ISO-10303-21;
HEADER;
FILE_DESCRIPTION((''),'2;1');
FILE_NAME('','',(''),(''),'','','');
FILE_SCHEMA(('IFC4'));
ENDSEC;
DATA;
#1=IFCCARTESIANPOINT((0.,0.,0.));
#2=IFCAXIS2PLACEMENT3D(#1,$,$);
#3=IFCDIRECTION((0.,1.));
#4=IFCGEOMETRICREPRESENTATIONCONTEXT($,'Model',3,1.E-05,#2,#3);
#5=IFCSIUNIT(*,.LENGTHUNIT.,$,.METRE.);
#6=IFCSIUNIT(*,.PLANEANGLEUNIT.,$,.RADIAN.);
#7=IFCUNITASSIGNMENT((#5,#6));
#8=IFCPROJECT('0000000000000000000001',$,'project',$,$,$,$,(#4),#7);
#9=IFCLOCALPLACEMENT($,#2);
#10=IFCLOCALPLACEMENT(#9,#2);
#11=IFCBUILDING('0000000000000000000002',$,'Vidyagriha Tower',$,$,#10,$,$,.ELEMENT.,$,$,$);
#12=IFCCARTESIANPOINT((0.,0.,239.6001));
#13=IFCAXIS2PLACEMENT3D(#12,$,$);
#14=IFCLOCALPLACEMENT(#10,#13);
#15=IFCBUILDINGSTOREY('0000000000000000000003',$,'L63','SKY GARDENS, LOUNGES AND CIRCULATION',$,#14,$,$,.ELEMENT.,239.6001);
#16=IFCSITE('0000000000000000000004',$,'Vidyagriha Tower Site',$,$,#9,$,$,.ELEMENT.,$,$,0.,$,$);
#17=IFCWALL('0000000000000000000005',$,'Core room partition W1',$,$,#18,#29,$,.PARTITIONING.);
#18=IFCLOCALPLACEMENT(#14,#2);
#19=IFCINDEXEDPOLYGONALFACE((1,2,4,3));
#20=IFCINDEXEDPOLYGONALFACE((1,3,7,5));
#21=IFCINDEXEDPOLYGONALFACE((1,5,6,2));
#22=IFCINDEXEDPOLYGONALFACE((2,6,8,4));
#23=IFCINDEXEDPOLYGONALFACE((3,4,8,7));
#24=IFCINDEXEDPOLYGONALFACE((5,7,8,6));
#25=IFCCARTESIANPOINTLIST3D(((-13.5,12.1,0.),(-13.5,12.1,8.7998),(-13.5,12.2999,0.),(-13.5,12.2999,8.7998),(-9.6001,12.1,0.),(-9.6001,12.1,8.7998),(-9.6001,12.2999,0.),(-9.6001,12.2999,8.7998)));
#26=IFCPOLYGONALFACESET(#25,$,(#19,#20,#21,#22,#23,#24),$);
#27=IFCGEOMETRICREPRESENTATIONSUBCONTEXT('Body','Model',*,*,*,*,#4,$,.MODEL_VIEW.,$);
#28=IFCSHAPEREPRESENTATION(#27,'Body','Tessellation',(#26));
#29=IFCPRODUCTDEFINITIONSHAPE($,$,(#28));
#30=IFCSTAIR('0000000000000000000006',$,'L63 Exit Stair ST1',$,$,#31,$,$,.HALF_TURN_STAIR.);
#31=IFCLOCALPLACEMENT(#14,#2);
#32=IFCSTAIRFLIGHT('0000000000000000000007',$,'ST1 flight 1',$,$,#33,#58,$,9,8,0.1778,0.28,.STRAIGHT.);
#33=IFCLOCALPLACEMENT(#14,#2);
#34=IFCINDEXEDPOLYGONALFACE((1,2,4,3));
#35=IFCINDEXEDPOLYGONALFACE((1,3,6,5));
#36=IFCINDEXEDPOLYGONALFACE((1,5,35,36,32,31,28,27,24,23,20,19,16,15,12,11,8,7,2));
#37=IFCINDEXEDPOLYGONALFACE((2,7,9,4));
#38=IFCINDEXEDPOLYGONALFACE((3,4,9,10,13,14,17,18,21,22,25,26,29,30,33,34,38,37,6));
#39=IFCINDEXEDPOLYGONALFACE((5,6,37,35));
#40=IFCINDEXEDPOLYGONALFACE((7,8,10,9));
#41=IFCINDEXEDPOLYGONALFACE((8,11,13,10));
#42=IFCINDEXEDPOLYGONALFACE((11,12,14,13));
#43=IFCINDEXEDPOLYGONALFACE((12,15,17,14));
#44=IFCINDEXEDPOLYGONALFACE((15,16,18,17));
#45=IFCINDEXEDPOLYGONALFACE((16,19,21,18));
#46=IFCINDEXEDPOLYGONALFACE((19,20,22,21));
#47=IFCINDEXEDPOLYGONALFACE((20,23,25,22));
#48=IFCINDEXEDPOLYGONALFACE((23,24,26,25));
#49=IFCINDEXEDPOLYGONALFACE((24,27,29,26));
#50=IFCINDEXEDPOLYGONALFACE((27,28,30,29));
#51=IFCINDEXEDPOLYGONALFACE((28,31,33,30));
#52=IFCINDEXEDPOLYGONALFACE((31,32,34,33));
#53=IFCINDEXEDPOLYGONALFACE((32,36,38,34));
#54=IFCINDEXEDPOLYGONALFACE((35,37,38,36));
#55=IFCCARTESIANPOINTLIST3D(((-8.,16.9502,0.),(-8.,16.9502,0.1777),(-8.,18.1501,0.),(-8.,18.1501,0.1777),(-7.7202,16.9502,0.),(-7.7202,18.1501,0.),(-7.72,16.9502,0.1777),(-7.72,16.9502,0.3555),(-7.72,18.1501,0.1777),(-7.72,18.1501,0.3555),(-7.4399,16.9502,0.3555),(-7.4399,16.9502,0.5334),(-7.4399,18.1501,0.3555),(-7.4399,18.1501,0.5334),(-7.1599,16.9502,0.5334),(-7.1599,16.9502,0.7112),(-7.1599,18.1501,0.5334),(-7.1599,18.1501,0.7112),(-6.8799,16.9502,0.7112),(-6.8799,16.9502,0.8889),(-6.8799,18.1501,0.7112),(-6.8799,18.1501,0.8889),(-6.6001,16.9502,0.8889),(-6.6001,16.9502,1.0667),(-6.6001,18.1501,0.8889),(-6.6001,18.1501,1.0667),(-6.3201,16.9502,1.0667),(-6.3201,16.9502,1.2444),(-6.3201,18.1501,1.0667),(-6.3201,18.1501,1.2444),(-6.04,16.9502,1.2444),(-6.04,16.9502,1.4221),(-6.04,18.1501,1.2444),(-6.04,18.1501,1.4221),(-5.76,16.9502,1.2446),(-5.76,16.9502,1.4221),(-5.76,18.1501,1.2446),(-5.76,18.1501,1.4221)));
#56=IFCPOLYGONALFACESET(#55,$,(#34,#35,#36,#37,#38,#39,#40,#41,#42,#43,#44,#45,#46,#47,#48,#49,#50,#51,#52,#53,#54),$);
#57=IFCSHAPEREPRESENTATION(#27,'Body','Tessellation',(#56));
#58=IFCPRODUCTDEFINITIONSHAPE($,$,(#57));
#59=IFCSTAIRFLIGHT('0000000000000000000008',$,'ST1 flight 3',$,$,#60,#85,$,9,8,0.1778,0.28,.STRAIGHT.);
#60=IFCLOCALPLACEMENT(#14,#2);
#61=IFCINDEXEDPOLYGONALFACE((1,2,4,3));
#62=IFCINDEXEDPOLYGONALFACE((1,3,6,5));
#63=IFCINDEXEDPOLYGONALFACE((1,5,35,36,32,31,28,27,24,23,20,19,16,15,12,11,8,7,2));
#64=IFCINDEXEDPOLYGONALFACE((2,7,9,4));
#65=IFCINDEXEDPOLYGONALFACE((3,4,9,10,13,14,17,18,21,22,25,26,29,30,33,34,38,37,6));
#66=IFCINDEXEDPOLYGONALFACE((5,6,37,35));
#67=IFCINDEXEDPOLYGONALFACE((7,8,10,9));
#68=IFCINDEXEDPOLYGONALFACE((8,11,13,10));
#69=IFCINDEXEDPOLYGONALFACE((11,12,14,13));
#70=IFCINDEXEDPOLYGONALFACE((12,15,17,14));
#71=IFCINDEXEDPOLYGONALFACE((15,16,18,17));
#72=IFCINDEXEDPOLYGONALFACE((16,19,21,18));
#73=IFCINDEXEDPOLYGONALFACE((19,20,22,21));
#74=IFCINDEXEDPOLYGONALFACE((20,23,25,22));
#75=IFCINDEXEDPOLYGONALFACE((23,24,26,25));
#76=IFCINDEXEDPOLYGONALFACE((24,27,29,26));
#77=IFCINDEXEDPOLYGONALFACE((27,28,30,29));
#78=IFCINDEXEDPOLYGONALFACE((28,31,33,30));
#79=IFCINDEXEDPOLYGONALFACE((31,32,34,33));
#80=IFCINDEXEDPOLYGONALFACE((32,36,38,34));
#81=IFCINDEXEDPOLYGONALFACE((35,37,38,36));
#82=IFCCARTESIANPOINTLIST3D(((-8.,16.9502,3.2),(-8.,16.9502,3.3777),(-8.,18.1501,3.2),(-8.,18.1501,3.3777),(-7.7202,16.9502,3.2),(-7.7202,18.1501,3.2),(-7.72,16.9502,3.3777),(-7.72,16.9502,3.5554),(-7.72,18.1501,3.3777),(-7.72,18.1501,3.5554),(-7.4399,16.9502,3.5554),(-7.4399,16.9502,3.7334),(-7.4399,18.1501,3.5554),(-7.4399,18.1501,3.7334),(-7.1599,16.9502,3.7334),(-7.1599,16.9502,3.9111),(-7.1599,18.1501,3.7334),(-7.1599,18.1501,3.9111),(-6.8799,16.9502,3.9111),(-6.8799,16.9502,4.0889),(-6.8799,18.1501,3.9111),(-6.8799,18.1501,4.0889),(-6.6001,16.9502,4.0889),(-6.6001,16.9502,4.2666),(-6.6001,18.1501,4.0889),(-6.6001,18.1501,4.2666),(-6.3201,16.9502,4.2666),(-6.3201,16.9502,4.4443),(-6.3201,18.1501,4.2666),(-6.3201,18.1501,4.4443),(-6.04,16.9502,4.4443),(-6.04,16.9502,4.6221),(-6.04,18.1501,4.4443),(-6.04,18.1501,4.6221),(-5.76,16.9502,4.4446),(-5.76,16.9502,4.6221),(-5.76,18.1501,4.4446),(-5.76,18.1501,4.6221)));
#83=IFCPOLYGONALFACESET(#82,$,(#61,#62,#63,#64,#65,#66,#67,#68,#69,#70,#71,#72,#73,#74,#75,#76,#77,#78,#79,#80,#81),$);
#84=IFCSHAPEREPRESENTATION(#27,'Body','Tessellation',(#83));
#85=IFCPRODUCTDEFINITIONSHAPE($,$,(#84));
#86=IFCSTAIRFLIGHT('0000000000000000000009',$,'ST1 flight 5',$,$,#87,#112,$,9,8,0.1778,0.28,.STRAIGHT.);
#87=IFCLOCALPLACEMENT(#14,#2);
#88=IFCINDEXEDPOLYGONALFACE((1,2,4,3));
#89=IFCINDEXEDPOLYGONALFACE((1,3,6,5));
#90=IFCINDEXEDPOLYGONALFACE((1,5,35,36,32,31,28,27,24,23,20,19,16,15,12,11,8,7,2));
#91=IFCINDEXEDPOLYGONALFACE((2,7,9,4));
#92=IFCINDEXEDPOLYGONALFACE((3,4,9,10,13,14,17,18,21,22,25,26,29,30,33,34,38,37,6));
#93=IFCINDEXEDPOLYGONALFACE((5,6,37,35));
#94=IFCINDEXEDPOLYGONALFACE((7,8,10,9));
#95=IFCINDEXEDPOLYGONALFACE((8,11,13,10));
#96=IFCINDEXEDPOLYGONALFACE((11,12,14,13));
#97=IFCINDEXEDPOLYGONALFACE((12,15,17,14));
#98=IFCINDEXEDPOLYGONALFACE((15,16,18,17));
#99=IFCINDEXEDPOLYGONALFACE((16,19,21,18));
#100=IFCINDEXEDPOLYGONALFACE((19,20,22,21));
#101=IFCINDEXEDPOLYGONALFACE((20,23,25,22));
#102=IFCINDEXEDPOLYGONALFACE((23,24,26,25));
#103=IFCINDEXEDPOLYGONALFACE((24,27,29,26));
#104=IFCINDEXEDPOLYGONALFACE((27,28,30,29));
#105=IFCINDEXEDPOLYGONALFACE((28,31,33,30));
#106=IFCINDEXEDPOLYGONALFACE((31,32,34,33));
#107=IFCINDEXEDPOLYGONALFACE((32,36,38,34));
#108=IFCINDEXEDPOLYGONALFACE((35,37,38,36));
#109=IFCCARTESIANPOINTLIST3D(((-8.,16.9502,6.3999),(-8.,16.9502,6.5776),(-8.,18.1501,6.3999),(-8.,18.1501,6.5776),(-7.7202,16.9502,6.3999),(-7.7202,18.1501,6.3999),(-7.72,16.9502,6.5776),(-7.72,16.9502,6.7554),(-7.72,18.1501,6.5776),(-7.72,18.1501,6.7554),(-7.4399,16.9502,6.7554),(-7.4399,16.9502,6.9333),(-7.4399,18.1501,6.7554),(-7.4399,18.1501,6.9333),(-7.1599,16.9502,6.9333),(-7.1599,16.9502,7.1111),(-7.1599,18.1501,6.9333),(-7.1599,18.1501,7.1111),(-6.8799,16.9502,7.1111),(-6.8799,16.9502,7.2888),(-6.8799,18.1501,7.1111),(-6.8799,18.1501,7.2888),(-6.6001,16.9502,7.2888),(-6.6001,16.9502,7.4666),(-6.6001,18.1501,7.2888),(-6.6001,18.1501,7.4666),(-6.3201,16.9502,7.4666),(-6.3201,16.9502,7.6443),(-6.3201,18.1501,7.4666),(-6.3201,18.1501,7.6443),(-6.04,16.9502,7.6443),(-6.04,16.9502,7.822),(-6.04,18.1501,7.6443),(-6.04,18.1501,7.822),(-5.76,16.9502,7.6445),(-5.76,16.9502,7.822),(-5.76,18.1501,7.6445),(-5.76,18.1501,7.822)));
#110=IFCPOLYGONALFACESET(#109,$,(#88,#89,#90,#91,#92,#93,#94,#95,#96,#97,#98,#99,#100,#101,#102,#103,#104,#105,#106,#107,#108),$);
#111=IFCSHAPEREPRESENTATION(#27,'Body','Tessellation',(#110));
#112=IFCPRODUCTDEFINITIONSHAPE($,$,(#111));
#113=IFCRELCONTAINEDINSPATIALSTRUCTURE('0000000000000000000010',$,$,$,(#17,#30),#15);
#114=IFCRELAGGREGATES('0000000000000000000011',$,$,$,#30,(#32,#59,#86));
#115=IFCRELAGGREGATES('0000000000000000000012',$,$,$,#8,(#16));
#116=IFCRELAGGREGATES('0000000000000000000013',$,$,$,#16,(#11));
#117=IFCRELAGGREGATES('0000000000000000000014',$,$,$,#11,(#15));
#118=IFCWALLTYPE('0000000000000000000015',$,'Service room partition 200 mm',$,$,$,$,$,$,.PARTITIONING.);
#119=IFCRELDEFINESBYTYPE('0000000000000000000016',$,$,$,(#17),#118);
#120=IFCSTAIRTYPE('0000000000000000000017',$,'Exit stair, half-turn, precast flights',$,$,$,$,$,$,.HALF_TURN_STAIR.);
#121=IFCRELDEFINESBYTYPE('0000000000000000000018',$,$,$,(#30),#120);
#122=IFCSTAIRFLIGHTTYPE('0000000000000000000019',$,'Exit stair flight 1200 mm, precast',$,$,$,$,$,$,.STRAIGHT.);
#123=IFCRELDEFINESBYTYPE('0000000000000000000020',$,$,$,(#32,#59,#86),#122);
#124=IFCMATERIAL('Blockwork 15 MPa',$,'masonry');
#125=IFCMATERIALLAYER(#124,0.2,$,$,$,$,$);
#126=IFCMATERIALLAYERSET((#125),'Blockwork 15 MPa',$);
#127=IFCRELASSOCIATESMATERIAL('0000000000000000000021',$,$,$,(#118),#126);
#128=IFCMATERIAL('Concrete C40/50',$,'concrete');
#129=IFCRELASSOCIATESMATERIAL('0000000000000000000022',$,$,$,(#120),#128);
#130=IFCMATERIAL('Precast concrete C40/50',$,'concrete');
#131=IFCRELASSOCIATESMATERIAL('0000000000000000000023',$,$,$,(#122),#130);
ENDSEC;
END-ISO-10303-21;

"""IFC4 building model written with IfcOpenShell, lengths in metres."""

from ifc_helpers import new_model, si_unit, direction, frame, frame_2d, origin, place, context, subcontext, project, spatial, polyline, rectangle, outline, extrude, material, layer, layer_set, type_object, element, aggregate, save


model = new_model("IFC4")

# Units and contexts
model_context = context("Model", 3, precision=1e-05, world=origin(), true_north=direction((0.0, 1.0)))
body_context = subcontext(model_context, "Body", "Model", "MODEL_VIEW")
ifc_project = project(units=[si_unit("LENGTHUNIT", "METRE"), si_unit("PLANEANGLEUNIT", "RADIAN")], contexts=[model_context])

# Site, building, storey
site_placement = place(None, origin())
site = spatial("IfcSite", under=ifc_project, at=site_placement, Name="Vidyagriha Tower Site", CompositionType="ELEMENT", RefElevation=0.0)
building_placement = place(site_placement, origin())
building = spatial("IfcBuilding", under=site, at=building_placement, Name="Vidyagriha Tower", CompositionType="ELEMENT")
storey_placement = place(building_placement, frame((0.0, 0.0, 239.6001)))
storey = spatial("IfcBuildingStorey", under=building, at=storey_placement, Name="L63", Description="SKY GARDENS, LOUNGES AND CIRCULATION", CompositionType="ELEMENT", Elevation=239.6001)

# Wall
ifc_material_1 = material(Name="Blockwork 15 MPa", Category="masonry")
ifc_layer_1 = layer(ifc_material_1, 0.2)
ifc_layer_set_1 = layer_set([ifc_layer_1], Name="Blockwork 15 MPa")
wall_type_1 = type_object("IfcWallType", Name="Service room partition 200 mm", PredefinedType="PARTITIONING", material=ifc_layer_set_1)
wall_1_placement = place(storey_placement, frame((-13.5, 12.2, 0.0)))
element("IfcWall", 1, at=wall_1_placement, inside=storey, type_object=wall_type_1, Name="Core room partition W1", PredefinedType="PARTITIONING", context=body_context, shape_type="SweptSolid", body=[
    extrude(rectangle(XDim=3.8999, YDim=0.2, at=frame_2d((1.95, 0.0))), origin(), (0.0, 0.0, 1.0), 8.7998),
])

# Stair, stair flights
ifc_material_2 = material(Name="Concrete C40/50", Category="concrete")
stair_type = type_object("IfcStairType", Name="Exit stair, half-turn, precast flights", PredefinedType="HALF_TURN_STAIR", material=ifc_material_2)
stair_placement = place(storey_placement, origin())
stair = element("IfcStair", 2, at=stair_placement, inside=storey, type_object=stair_type, Name="L63 Exit Stair ST1", PredefinedType="HALF_TURN_STAIR")
ifc_material_3 = material(Name="Precast concrete C40/50", Category="concrete")
stair_flight_type = type_object("IfcStairFlightType", Name="Exit stair flight 1200 mm, precast", PredefinedType="STRAIGHT", material=ifc_material_3)
stair_flight_1_placement = place(storey_placement, frame((-8.0, 17.55, 0.0)))
stair_flight_1 = element("IfcStairFlight", 3, at=stair_flight_1_placement, type_object=stair_flight_type, Name="ST1 flight 1", NumberOfRisers=9, NumberOfTreads=8, PredefinedType="STRAIGHT", RiserHeight=0.1778, TreadLength=0.28, context=body_context, shape_type="SweptSolid", body=[
    extrude(outline(polyline([(0.0, 0.0), (0.0, 0.1777), (0.28, 0.1777), (0.28, 0.3555), (0.5601, 0.3555), (0.5601, 0.5334), (0.8401, 0.5334), (0.8401, 0.7112), (1.1201, 0.7112), (1.1201, 0.8889), (1.3999, 0.8889), (1.3999, 1.0667), (1.6799, 1.0667), (1.6799, 1.2444), (1.96, 1.2444), (1.96, 1.4221), (2.24, 1.4221), (2.24, 1.6001), (2.24, 1.2446), (0.2798, 0.0), (0.0, 0.0)])), frame((0.0, 0.6001, 0.0), z_axis=(0.0, -1.0, 0.0), x_axis=(1.0, 0.0, 0.0)), (0.0, 0.0, 1.0), 1.2),
])
stair_flight_2_placement = place(storey_placement, frame((-8.0, 17.55, 3.2)))
stair_flight_2 = element("IfcStairFlight", 4, at=stair_flight_2_placement, type_object=stair_flight_type, Name="ST1 flight 3", NumberOfRisers=9, NumberOfTreads=8, PredefinedType="STRAIGHT", RiserHeight=0.1778, TreadLength=0.28, context=body_context, shape_type="SweptSolid", body=[
    extrude(outline(polyline([(0.0, 0.0), (0.0, 0.1777), (0.28, 0.1777), (0.28, 0.3555), (0.5601, 0.3555), (0.5601, 0.5334), (0.8401, 0.5334), (0.8401, 0.7112), (1.1201, 0.7112), (1.1201, 0.8889), (1.3999, 0.8889), (1.3999, 1.0667), (1.6799, 1.0667), (1.6799, 1.2444), (1.96, 1.2444), (1.96, 1.4221), (2.24, 1.4221), (2.24, 1.6001), (2.24, 1.2446), (0.2798, 0.0), (0.0, 0.0)])), frame((0.0, 0.6001, 0.0), z_axis=(0.0, -1.0, 0.0), x_axis=(1.0, 0.0, 0.0)), (0.0, 0.0, 1.0), 1.2),
])
stair_flight_3_placement = place(storey_placement, frame((-8.0, 17.55, 6.3999)))
stair_flight_3 = element("IfcStairFlight", 5, at=stair_flight_3_placement, type_object=stair_flight_type, Name="ST1 flight 5", NumberOfRisers=9, NumberOfTreads=8, PredefinedType="STRAIGHT", RiserHeight=0.1778, TreadLength=0.28, context=body_context, shape_type="SweptSolid", body=[
    extrude(outline(polyline([(0.0, 0.0), (0.0, 0.1777), (0.28, 0.1777), (0.28, 0.3555), (0.5601, 0.3555), (0.5601, 0.5334), (0.8401, 0.5334), (0.8401, 0.7112), (1.1201, 0.7112), (1.1201, 0.8889), (1.3999, 0.8889), (1.3999, 1.0667), (1.6799, 1.0667), (1.6799, 1.2444), (1.96, 1.2444), (1.96, 1.4221), (2.24, 1.4221), (2.24, 1.6001), (2.24, 1.2446), (0.2798, 0.0), (0.0, 0.0)])), frame((0.0, 0.6001, 0.0), z_axis=(0.0, -1.0, 0.0), x_axis=(1.0, 0.0, 0.0)), (0.0, 0.0, 1.0), 1.2),
])
aggregate(stair, [stair_flight_1, stair_flight_2, stair_flight_3])

save(model, "model.ifc")
